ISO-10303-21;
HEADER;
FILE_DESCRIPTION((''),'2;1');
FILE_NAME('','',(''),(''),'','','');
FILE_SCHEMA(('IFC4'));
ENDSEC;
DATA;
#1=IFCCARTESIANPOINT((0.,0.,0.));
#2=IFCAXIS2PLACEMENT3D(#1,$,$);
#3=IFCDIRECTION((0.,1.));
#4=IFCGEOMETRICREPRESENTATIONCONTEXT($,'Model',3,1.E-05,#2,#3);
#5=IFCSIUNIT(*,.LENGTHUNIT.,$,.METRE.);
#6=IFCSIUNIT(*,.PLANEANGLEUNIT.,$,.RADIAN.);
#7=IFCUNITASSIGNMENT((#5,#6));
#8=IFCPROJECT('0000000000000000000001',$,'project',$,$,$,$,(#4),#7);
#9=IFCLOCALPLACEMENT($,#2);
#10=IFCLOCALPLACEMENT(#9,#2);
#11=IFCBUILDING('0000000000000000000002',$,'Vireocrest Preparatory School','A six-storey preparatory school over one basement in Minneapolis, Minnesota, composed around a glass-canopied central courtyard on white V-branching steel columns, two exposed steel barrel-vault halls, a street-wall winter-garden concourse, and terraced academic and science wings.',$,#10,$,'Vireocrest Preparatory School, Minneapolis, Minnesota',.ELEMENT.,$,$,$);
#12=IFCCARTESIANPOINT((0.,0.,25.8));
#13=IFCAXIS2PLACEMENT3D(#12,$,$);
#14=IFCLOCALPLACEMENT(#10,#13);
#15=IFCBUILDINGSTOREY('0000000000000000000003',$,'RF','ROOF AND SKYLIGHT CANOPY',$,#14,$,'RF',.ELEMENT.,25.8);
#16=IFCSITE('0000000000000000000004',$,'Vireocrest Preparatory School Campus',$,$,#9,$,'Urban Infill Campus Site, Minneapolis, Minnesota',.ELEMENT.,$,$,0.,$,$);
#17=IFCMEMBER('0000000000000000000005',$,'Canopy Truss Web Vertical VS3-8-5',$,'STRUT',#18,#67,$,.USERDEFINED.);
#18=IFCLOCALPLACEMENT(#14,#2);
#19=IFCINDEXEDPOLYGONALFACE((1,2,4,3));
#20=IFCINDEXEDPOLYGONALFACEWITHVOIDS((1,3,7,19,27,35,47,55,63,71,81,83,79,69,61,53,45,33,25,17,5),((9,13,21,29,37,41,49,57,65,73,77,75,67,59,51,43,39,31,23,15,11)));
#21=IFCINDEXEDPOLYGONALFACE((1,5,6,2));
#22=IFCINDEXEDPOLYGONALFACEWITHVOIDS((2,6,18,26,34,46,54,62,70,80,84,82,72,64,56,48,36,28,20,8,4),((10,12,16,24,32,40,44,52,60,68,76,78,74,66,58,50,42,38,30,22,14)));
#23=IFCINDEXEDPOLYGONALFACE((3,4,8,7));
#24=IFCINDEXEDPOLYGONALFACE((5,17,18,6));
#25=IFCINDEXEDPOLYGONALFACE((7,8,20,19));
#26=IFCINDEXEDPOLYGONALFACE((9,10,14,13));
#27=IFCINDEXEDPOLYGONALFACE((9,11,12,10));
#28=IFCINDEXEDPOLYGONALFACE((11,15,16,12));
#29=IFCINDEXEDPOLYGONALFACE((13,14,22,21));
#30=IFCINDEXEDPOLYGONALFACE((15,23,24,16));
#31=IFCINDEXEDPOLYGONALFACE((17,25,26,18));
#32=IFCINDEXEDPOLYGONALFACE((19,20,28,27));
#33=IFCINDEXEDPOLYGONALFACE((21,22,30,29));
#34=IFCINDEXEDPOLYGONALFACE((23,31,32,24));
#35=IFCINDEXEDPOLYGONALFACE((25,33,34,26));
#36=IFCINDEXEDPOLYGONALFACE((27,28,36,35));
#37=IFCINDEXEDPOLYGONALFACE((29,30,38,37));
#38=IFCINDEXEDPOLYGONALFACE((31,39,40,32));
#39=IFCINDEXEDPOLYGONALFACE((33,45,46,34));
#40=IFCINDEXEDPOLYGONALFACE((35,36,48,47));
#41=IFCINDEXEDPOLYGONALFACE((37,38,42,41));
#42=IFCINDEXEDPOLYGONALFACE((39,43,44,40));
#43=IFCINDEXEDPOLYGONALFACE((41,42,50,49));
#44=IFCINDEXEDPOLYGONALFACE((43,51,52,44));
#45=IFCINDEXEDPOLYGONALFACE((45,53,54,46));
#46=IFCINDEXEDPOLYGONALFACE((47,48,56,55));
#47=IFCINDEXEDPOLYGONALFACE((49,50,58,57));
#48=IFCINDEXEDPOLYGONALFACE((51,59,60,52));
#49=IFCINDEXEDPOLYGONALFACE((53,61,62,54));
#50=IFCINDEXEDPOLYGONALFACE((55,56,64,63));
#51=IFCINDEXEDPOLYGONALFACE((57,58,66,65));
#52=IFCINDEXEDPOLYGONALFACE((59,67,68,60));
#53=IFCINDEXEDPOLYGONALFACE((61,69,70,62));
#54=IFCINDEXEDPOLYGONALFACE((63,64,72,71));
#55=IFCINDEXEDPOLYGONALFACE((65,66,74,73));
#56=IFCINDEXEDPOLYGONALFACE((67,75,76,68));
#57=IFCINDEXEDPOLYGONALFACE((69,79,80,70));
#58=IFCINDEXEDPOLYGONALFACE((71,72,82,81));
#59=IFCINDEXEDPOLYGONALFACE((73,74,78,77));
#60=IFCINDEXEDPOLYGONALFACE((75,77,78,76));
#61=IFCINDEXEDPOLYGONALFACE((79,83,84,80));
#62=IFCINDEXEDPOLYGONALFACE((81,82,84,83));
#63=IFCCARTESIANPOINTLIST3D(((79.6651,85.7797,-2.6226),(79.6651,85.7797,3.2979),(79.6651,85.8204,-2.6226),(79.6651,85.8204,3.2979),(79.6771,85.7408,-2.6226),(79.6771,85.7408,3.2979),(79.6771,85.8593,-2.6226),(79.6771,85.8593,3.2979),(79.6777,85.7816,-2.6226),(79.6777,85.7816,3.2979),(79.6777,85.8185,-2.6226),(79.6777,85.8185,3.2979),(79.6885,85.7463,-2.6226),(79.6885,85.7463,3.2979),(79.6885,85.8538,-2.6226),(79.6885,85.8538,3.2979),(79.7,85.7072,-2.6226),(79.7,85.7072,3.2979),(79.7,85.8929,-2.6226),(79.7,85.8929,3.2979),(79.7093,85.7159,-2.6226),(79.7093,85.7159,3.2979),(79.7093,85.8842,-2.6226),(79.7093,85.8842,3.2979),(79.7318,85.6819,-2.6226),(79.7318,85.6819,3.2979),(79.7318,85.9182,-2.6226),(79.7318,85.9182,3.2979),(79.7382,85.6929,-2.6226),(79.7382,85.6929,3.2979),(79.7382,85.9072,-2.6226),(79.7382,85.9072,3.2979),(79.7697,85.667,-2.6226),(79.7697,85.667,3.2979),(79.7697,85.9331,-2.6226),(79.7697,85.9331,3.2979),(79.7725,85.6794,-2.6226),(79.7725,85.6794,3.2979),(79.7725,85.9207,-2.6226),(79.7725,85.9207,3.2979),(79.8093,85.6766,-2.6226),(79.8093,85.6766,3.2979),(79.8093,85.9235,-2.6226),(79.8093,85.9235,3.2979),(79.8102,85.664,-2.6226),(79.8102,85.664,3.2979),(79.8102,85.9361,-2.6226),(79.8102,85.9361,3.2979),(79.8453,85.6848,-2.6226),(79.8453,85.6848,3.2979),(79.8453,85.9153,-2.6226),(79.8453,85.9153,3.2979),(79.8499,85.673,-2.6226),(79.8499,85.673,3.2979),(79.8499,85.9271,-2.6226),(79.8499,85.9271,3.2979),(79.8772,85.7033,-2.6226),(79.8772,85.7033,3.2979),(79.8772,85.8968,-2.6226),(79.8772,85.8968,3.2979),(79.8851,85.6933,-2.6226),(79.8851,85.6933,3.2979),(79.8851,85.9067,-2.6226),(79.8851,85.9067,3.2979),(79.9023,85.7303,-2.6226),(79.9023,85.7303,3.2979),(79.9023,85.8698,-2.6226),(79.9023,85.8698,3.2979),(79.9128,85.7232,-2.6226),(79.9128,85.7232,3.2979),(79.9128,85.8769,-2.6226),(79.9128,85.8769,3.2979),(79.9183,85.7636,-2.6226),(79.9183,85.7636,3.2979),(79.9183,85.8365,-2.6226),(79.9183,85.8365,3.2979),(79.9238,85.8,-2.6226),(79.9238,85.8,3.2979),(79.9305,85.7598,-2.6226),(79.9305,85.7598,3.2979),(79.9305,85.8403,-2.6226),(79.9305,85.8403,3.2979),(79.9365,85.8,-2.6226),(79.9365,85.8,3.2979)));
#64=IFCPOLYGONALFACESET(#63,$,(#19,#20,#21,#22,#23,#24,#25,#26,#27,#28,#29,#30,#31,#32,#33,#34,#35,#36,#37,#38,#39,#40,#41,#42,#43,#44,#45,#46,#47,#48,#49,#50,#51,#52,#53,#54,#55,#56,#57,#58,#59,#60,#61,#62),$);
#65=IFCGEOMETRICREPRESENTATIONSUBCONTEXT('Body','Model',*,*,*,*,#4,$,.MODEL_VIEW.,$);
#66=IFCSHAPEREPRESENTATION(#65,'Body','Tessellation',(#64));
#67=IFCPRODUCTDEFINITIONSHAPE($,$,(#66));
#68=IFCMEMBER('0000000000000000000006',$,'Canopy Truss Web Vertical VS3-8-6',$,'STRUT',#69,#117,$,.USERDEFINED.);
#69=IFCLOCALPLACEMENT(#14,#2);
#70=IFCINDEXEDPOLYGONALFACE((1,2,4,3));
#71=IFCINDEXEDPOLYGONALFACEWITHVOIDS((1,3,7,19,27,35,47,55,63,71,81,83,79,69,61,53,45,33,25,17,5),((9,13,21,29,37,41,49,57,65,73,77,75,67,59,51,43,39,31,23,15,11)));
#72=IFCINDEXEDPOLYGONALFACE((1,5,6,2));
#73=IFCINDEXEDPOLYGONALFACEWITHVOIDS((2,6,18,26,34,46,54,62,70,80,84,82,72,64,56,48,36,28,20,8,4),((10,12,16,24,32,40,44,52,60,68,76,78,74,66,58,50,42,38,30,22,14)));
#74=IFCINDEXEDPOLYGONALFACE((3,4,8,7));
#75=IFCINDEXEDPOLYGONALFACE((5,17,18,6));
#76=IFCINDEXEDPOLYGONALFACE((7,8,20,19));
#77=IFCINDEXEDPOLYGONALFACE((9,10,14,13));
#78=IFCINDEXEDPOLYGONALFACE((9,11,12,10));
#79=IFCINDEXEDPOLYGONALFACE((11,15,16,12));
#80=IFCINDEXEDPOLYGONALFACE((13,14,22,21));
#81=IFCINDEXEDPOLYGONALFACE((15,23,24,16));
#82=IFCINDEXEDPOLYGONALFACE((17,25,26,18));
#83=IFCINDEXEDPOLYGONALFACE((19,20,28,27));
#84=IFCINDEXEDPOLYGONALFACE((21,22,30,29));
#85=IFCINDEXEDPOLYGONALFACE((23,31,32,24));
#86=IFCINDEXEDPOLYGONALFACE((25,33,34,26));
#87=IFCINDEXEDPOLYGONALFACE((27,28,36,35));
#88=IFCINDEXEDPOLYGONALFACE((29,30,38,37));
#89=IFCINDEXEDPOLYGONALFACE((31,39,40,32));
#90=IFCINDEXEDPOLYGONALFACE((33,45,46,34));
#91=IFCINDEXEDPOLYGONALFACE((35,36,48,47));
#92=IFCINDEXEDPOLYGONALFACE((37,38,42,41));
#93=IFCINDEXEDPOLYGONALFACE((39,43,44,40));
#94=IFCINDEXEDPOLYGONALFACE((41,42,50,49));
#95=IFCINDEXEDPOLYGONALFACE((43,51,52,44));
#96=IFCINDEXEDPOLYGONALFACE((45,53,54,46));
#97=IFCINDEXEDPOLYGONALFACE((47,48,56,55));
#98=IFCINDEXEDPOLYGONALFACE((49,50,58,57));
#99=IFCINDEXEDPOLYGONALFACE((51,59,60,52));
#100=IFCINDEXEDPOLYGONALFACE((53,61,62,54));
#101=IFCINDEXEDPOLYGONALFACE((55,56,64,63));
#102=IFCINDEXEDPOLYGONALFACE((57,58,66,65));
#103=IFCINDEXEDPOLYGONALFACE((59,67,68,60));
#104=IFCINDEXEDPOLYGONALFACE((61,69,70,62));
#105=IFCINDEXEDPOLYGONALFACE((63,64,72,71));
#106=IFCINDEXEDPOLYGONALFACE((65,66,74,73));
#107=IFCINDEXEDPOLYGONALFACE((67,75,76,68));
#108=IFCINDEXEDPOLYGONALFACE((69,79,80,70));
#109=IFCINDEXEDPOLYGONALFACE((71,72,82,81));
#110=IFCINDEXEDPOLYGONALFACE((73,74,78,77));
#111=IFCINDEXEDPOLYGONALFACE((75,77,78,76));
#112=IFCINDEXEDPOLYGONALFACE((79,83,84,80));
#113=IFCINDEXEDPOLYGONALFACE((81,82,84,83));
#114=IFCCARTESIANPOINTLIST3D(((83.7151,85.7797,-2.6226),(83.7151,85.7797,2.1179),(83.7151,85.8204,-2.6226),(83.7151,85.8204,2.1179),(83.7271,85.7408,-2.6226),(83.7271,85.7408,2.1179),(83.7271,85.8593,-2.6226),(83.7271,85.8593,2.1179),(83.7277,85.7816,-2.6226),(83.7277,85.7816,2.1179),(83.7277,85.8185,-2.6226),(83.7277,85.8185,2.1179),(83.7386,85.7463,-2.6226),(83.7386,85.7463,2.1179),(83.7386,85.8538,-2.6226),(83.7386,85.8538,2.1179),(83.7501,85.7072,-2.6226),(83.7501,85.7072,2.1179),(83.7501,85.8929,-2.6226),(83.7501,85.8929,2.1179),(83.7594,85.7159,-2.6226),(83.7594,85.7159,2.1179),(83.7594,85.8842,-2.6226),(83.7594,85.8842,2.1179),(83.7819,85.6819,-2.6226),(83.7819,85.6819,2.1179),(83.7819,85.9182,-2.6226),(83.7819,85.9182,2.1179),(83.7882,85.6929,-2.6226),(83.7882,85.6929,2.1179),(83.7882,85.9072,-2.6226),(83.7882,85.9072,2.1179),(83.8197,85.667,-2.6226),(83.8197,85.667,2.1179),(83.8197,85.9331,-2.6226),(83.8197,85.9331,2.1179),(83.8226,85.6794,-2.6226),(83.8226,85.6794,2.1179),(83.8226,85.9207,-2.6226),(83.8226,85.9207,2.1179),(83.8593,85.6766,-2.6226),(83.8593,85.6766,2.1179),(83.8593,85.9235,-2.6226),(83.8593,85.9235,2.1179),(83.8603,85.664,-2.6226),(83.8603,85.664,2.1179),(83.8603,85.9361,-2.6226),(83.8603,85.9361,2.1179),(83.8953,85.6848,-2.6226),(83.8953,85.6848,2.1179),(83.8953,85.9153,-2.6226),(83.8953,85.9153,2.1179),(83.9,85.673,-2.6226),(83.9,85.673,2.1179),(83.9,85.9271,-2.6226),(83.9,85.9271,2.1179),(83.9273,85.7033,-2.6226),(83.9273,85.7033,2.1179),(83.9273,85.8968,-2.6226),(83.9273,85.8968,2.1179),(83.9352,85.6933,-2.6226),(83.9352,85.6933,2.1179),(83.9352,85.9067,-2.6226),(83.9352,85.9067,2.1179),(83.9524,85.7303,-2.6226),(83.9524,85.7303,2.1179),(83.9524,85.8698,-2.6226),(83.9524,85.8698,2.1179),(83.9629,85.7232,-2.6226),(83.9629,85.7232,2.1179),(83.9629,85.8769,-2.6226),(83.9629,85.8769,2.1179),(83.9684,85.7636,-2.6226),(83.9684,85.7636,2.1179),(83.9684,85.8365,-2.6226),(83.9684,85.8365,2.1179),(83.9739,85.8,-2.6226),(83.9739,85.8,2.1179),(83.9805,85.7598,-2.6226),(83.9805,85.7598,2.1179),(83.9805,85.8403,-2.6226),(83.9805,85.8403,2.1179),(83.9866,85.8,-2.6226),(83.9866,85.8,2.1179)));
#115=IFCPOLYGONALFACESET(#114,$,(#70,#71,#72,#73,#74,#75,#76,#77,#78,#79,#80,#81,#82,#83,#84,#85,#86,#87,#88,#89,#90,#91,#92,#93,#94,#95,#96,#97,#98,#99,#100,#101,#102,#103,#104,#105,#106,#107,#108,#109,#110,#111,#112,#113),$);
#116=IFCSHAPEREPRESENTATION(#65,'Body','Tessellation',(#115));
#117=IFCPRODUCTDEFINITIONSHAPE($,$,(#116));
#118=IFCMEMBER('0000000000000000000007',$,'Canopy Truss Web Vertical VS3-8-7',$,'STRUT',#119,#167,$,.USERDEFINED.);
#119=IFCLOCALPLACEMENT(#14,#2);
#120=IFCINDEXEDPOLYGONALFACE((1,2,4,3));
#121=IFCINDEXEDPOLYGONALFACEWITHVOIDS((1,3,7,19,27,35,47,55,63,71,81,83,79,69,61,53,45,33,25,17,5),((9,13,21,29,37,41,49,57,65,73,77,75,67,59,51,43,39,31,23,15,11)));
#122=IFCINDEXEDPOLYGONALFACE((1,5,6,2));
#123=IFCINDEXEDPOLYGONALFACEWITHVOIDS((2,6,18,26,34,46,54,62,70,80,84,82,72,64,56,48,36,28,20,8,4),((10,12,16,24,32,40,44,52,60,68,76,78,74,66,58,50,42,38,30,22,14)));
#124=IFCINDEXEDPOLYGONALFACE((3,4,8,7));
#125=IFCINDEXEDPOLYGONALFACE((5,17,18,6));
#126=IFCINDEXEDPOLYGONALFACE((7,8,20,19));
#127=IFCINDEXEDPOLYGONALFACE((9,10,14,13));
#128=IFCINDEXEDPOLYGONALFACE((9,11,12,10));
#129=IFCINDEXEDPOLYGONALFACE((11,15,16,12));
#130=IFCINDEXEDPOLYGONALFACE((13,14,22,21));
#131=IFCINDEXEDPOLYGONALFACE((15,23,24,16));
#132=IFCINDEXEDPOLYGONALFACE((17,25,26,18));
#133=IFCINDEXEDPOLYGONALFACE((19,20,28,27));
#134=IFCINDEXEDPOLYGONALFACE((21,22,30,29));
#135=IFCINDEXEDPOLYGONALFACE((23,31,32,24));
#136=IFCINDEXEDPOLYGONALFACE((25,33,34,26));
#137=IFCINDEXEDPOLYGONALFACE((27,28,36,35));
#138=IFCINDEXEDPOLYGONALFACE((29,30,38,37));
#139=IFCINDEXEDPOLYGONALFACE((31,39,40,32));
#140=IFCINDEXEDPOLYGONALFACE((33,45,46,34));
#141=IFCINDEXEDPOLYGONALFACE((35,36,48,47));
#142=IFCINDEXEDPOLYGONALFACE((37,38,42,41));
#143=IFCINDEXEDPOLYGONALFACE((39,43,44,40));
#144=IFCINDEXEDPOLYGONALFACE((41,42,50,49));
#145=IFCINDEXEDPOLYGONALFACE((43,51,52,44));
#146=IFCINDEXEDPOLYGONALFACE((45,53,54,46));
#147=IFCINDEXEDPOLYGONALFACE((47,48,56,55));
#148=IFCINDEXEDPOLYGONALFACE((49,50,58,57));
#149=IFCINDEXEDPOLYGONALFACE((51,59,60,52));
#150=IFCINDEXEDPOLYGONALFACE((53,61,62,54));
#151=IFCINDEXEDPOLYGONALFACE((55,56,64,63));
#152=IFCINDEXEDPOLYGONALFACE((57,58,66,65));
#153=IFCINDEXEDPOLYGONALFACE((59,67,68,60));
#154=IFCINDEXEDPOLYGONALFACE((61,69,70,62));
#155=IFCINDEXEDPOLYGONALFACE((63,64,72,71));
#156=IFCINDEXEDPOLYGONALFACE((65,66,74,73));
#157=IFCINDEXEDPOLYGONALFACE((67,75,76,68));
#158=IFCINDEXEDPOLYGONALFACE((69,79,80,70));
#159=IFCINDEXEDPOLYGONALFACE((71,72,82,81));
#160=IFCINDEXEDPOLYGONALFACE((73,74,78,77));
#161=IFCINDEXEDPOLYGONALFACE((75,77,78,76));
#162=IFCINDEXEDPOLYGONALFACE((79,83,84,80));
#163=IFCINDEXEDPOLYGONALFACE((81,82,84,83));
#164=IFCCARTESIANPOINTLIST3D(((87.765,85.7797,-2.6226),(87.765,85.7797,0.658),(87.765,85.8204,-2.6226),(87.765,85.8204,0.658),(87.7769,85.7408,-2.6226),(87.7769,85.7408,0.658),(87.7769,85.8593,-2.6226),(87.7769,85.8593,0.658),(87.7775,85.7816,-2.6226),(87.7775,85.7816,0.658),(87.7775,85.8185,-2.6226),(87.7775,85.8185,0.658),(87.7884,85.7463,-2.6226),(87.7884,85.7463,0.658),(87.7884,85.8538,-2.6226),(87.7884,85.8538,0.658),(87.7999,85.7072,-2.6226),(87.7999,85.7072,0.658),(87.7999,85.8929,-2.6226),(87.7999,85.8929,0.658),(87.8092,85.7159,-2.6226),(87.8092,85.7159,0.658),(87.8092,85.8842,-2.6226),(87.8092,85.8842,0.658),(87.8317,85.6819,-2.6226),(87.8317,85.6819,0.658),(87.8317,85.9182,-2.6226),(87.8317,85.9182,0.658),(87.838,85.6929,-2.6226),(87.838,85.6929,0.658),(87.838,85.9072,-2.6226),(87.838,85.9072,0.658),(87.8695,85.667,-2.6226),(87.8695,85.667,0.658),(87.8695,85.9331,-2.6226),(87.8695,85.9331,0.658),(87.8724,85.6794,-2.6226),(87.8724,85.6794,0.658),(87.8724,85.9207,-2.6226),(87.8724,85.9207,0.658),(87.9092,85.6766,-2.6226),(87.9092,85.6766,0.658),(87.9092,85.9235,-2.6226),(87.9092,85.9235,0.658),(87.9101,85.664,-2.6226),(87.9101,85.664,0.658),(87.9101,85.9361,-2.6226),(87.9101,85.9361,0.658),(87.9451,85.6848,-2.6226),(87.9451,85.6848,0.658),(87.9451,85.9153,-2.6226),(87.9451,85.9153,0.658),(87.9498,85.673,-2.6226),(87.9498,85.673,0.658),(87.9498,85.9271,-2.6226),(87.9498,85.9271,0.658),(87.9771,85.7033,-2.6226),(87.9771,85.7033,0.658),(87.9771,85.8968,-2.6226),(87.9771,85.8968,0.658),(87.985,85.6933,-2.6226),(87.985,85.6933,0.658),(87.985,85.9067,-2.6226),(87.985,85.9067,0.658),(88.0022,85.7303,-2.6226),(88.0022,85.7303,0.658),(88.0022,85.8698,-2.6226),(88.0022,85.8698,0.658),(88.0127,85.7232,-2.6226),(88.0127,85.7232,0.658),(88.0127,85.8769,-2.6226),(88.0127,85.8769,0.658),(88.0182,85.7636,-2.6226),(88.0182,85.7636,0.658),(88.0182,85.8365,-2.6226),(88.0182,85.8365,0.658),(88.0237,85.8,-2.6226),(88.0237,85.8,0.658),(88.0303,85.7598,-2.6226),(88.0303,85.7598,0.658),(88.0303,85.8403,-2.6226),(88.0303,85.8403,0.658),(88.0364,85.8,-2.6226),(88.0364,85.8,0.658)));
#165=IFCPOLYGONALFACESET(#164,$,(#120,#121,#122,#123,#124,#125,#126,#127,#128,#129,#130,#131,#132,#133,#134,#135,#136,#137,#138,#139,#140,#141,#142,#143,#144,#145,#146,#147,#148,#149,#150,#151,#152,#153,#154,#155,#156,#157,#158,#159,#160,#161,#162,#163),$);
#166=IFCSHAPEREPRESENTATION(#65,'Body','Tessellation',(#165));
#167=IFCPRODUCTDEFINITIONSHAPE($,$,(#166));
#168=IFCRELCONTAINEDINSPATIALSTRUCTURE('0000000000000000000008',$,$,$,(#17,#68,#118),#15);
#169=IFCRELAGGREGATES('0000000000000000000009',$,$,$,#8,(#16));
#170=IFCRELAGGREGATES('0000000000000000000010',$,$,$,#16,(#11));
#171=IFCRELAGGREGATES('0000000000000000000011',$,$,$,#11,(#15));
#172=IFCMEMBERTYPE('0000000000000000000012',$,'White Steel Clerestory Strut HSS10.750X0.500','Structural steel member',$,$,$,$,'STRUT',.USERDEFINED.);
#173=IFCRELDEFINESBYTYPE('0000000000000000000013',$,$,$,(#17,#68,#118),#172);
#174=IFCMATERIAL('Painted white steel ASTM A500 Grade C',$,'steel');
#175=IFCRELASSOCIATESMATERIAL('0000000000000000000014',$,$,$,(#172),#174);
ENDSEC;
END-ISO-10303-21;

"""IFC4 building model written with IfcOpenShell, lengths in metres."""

from ifc_helpers import new_model, si_unit, direction, frame, origin, origin_2d, place, context, subcontext, project, spatial, hollow_circle, extrude, material, material_profile, profile_set, type_object, element, save


model = new_model("IFC4")

# Units and contexts
model_context = context("Model", 3, precision=1e-05, world=origin(), true_north=direction((0.0, 1.0)))
body_context = subcontext(model_context, "Body", "Model", "MODEL_VIEW")
ifc_project = project(units=[si_unit("LENGTHUNIT", "METRE"), si_unit("PLANEANGLEUNIT", "RADIAN")], contexts=[model_context])

# Site, building, storey
site_placement = place(None, origin())
site = spatial("IfcSite", under=ifc_project, at=site_placement, Name="Vireocrest Preparatory School Campus", LongName="Urban Infill Campus Site, Minneapolis, Minnesota", CompositionType="ELEMENT", RefElevation=0.0)
building_placement = place(site_placement, origin())
building = spatial("IfcBuilding", under=site, at=building_placement, Name="Vireocrest Preparatory School", Description="A six-storey preparatory school over one basement in Minneapolis, Minnesota, composed around a glass-canopied central courtyard on white V-branching steel columns, two exposed steel barrel-vault halls, a street-wall winter-garden concourse, and terraced academic and science wings.", LongName="Vireocrest Preparatory School, Minneapolis, Minnesota", CompositionType="ELEMENT")
storey_placement = place(building_placement, frame((0.0, 0.0, 25.8)))
storey = spatial("IfcBuildingStorey", under=building, at=storey_placement, Name="RF", Description="ROOF AND SKYLIGHT CANOPY", LongName="RF", CompositionType="ELEMENT", Elevation=25.8)

# Shared definitions
ifc_material_1 = material(Name="Painted white steel ASTM A500 Grade C", Category="steel")

# Members
ifc_material_profile_1 = material_profile(ifc_material_1, hollow_circle(Radius=0.1365, WallThickness=0.0127, at=origin_2d()), Name="HSS10.750X0.500")
ifc_profile_set_1 = profile_set([ifc_material_profile_1], Name="Painted white steel ASTM A500 Grade C")
member_type_1 = type_object("IfcMemberType", Name="White Steel Clerestory Strut HSS10.750X0.500", Description="Structural steel member", ElementType="STRUT", PredefinedType="USERDEFINED", material=ifc_profile_set_1)
member_1_placement = place(storey_placement, frame((79.8, 85.8, -2.6226), z_axis=(0.0, 0.0, 1.0), x_axis=(1.0, 0.0, 0.0)))
element("IfcMember", 1, at=member_1_placement, inside=storey, type_object=member_type_1, Name="Canopy Truss Web Vertical VS3-8-5", ObjectType="STRUT", PredefinedType="USERDEFINED", context=body_context, shape_type="SweptSolid", body=[
    extrude(hollow_circle(Radius=0.1365, WallThickness=0.0127, at=origin_2d()), origin(), (0.0, 0.0, 1.0), 5.9204),
])
member_2_placement = place(storey_placement, frame((83.8501, 85.8, -2.6226), z_axis=(0.0, 0.0, 1.0), x_axis=(1.0, 0.0, 0.0)))
element("IfcMember", 2, at=member_2_placement, inside=storey, type_object=member_type_1, Name="Canopy Truss Web Vertical VS3-8-6", ObjectType="STRUT", PredefinedType="USERDEFINED", context=body_context, shape_type="SweptSolid", body=[
    extrude(hollow_circle(Radius=0.1365, WallThickness=0.0127, at=origin_2d()), origin(), (0.0, 0.0, 1.0), 4.7405),
])
member_3_placement = place(storey_placement, frame((87.8999, 85.8, -2.6226), z_axis=(0.0, 0.0, 1.0), x_axis=(1.0, 0.0, 0.0)))
element("IfcMember", 3, at=member_3_placement, inside=storey, type_object=member_type_1, Name="Canopy Truss Web Vertical VS3-8-7", ObjectType="STRUT", PredefinedType="USERDEFINED", context=body_context, shape_type="SweptSolid", body=[
    extrude(hollow_circle(Radius=0.1365, WallThickness=0.0127, at=origin_2d()), origin(), (0.0, 0.0, 1.0), 3.2805),
])

save(model, "model.ifc")
